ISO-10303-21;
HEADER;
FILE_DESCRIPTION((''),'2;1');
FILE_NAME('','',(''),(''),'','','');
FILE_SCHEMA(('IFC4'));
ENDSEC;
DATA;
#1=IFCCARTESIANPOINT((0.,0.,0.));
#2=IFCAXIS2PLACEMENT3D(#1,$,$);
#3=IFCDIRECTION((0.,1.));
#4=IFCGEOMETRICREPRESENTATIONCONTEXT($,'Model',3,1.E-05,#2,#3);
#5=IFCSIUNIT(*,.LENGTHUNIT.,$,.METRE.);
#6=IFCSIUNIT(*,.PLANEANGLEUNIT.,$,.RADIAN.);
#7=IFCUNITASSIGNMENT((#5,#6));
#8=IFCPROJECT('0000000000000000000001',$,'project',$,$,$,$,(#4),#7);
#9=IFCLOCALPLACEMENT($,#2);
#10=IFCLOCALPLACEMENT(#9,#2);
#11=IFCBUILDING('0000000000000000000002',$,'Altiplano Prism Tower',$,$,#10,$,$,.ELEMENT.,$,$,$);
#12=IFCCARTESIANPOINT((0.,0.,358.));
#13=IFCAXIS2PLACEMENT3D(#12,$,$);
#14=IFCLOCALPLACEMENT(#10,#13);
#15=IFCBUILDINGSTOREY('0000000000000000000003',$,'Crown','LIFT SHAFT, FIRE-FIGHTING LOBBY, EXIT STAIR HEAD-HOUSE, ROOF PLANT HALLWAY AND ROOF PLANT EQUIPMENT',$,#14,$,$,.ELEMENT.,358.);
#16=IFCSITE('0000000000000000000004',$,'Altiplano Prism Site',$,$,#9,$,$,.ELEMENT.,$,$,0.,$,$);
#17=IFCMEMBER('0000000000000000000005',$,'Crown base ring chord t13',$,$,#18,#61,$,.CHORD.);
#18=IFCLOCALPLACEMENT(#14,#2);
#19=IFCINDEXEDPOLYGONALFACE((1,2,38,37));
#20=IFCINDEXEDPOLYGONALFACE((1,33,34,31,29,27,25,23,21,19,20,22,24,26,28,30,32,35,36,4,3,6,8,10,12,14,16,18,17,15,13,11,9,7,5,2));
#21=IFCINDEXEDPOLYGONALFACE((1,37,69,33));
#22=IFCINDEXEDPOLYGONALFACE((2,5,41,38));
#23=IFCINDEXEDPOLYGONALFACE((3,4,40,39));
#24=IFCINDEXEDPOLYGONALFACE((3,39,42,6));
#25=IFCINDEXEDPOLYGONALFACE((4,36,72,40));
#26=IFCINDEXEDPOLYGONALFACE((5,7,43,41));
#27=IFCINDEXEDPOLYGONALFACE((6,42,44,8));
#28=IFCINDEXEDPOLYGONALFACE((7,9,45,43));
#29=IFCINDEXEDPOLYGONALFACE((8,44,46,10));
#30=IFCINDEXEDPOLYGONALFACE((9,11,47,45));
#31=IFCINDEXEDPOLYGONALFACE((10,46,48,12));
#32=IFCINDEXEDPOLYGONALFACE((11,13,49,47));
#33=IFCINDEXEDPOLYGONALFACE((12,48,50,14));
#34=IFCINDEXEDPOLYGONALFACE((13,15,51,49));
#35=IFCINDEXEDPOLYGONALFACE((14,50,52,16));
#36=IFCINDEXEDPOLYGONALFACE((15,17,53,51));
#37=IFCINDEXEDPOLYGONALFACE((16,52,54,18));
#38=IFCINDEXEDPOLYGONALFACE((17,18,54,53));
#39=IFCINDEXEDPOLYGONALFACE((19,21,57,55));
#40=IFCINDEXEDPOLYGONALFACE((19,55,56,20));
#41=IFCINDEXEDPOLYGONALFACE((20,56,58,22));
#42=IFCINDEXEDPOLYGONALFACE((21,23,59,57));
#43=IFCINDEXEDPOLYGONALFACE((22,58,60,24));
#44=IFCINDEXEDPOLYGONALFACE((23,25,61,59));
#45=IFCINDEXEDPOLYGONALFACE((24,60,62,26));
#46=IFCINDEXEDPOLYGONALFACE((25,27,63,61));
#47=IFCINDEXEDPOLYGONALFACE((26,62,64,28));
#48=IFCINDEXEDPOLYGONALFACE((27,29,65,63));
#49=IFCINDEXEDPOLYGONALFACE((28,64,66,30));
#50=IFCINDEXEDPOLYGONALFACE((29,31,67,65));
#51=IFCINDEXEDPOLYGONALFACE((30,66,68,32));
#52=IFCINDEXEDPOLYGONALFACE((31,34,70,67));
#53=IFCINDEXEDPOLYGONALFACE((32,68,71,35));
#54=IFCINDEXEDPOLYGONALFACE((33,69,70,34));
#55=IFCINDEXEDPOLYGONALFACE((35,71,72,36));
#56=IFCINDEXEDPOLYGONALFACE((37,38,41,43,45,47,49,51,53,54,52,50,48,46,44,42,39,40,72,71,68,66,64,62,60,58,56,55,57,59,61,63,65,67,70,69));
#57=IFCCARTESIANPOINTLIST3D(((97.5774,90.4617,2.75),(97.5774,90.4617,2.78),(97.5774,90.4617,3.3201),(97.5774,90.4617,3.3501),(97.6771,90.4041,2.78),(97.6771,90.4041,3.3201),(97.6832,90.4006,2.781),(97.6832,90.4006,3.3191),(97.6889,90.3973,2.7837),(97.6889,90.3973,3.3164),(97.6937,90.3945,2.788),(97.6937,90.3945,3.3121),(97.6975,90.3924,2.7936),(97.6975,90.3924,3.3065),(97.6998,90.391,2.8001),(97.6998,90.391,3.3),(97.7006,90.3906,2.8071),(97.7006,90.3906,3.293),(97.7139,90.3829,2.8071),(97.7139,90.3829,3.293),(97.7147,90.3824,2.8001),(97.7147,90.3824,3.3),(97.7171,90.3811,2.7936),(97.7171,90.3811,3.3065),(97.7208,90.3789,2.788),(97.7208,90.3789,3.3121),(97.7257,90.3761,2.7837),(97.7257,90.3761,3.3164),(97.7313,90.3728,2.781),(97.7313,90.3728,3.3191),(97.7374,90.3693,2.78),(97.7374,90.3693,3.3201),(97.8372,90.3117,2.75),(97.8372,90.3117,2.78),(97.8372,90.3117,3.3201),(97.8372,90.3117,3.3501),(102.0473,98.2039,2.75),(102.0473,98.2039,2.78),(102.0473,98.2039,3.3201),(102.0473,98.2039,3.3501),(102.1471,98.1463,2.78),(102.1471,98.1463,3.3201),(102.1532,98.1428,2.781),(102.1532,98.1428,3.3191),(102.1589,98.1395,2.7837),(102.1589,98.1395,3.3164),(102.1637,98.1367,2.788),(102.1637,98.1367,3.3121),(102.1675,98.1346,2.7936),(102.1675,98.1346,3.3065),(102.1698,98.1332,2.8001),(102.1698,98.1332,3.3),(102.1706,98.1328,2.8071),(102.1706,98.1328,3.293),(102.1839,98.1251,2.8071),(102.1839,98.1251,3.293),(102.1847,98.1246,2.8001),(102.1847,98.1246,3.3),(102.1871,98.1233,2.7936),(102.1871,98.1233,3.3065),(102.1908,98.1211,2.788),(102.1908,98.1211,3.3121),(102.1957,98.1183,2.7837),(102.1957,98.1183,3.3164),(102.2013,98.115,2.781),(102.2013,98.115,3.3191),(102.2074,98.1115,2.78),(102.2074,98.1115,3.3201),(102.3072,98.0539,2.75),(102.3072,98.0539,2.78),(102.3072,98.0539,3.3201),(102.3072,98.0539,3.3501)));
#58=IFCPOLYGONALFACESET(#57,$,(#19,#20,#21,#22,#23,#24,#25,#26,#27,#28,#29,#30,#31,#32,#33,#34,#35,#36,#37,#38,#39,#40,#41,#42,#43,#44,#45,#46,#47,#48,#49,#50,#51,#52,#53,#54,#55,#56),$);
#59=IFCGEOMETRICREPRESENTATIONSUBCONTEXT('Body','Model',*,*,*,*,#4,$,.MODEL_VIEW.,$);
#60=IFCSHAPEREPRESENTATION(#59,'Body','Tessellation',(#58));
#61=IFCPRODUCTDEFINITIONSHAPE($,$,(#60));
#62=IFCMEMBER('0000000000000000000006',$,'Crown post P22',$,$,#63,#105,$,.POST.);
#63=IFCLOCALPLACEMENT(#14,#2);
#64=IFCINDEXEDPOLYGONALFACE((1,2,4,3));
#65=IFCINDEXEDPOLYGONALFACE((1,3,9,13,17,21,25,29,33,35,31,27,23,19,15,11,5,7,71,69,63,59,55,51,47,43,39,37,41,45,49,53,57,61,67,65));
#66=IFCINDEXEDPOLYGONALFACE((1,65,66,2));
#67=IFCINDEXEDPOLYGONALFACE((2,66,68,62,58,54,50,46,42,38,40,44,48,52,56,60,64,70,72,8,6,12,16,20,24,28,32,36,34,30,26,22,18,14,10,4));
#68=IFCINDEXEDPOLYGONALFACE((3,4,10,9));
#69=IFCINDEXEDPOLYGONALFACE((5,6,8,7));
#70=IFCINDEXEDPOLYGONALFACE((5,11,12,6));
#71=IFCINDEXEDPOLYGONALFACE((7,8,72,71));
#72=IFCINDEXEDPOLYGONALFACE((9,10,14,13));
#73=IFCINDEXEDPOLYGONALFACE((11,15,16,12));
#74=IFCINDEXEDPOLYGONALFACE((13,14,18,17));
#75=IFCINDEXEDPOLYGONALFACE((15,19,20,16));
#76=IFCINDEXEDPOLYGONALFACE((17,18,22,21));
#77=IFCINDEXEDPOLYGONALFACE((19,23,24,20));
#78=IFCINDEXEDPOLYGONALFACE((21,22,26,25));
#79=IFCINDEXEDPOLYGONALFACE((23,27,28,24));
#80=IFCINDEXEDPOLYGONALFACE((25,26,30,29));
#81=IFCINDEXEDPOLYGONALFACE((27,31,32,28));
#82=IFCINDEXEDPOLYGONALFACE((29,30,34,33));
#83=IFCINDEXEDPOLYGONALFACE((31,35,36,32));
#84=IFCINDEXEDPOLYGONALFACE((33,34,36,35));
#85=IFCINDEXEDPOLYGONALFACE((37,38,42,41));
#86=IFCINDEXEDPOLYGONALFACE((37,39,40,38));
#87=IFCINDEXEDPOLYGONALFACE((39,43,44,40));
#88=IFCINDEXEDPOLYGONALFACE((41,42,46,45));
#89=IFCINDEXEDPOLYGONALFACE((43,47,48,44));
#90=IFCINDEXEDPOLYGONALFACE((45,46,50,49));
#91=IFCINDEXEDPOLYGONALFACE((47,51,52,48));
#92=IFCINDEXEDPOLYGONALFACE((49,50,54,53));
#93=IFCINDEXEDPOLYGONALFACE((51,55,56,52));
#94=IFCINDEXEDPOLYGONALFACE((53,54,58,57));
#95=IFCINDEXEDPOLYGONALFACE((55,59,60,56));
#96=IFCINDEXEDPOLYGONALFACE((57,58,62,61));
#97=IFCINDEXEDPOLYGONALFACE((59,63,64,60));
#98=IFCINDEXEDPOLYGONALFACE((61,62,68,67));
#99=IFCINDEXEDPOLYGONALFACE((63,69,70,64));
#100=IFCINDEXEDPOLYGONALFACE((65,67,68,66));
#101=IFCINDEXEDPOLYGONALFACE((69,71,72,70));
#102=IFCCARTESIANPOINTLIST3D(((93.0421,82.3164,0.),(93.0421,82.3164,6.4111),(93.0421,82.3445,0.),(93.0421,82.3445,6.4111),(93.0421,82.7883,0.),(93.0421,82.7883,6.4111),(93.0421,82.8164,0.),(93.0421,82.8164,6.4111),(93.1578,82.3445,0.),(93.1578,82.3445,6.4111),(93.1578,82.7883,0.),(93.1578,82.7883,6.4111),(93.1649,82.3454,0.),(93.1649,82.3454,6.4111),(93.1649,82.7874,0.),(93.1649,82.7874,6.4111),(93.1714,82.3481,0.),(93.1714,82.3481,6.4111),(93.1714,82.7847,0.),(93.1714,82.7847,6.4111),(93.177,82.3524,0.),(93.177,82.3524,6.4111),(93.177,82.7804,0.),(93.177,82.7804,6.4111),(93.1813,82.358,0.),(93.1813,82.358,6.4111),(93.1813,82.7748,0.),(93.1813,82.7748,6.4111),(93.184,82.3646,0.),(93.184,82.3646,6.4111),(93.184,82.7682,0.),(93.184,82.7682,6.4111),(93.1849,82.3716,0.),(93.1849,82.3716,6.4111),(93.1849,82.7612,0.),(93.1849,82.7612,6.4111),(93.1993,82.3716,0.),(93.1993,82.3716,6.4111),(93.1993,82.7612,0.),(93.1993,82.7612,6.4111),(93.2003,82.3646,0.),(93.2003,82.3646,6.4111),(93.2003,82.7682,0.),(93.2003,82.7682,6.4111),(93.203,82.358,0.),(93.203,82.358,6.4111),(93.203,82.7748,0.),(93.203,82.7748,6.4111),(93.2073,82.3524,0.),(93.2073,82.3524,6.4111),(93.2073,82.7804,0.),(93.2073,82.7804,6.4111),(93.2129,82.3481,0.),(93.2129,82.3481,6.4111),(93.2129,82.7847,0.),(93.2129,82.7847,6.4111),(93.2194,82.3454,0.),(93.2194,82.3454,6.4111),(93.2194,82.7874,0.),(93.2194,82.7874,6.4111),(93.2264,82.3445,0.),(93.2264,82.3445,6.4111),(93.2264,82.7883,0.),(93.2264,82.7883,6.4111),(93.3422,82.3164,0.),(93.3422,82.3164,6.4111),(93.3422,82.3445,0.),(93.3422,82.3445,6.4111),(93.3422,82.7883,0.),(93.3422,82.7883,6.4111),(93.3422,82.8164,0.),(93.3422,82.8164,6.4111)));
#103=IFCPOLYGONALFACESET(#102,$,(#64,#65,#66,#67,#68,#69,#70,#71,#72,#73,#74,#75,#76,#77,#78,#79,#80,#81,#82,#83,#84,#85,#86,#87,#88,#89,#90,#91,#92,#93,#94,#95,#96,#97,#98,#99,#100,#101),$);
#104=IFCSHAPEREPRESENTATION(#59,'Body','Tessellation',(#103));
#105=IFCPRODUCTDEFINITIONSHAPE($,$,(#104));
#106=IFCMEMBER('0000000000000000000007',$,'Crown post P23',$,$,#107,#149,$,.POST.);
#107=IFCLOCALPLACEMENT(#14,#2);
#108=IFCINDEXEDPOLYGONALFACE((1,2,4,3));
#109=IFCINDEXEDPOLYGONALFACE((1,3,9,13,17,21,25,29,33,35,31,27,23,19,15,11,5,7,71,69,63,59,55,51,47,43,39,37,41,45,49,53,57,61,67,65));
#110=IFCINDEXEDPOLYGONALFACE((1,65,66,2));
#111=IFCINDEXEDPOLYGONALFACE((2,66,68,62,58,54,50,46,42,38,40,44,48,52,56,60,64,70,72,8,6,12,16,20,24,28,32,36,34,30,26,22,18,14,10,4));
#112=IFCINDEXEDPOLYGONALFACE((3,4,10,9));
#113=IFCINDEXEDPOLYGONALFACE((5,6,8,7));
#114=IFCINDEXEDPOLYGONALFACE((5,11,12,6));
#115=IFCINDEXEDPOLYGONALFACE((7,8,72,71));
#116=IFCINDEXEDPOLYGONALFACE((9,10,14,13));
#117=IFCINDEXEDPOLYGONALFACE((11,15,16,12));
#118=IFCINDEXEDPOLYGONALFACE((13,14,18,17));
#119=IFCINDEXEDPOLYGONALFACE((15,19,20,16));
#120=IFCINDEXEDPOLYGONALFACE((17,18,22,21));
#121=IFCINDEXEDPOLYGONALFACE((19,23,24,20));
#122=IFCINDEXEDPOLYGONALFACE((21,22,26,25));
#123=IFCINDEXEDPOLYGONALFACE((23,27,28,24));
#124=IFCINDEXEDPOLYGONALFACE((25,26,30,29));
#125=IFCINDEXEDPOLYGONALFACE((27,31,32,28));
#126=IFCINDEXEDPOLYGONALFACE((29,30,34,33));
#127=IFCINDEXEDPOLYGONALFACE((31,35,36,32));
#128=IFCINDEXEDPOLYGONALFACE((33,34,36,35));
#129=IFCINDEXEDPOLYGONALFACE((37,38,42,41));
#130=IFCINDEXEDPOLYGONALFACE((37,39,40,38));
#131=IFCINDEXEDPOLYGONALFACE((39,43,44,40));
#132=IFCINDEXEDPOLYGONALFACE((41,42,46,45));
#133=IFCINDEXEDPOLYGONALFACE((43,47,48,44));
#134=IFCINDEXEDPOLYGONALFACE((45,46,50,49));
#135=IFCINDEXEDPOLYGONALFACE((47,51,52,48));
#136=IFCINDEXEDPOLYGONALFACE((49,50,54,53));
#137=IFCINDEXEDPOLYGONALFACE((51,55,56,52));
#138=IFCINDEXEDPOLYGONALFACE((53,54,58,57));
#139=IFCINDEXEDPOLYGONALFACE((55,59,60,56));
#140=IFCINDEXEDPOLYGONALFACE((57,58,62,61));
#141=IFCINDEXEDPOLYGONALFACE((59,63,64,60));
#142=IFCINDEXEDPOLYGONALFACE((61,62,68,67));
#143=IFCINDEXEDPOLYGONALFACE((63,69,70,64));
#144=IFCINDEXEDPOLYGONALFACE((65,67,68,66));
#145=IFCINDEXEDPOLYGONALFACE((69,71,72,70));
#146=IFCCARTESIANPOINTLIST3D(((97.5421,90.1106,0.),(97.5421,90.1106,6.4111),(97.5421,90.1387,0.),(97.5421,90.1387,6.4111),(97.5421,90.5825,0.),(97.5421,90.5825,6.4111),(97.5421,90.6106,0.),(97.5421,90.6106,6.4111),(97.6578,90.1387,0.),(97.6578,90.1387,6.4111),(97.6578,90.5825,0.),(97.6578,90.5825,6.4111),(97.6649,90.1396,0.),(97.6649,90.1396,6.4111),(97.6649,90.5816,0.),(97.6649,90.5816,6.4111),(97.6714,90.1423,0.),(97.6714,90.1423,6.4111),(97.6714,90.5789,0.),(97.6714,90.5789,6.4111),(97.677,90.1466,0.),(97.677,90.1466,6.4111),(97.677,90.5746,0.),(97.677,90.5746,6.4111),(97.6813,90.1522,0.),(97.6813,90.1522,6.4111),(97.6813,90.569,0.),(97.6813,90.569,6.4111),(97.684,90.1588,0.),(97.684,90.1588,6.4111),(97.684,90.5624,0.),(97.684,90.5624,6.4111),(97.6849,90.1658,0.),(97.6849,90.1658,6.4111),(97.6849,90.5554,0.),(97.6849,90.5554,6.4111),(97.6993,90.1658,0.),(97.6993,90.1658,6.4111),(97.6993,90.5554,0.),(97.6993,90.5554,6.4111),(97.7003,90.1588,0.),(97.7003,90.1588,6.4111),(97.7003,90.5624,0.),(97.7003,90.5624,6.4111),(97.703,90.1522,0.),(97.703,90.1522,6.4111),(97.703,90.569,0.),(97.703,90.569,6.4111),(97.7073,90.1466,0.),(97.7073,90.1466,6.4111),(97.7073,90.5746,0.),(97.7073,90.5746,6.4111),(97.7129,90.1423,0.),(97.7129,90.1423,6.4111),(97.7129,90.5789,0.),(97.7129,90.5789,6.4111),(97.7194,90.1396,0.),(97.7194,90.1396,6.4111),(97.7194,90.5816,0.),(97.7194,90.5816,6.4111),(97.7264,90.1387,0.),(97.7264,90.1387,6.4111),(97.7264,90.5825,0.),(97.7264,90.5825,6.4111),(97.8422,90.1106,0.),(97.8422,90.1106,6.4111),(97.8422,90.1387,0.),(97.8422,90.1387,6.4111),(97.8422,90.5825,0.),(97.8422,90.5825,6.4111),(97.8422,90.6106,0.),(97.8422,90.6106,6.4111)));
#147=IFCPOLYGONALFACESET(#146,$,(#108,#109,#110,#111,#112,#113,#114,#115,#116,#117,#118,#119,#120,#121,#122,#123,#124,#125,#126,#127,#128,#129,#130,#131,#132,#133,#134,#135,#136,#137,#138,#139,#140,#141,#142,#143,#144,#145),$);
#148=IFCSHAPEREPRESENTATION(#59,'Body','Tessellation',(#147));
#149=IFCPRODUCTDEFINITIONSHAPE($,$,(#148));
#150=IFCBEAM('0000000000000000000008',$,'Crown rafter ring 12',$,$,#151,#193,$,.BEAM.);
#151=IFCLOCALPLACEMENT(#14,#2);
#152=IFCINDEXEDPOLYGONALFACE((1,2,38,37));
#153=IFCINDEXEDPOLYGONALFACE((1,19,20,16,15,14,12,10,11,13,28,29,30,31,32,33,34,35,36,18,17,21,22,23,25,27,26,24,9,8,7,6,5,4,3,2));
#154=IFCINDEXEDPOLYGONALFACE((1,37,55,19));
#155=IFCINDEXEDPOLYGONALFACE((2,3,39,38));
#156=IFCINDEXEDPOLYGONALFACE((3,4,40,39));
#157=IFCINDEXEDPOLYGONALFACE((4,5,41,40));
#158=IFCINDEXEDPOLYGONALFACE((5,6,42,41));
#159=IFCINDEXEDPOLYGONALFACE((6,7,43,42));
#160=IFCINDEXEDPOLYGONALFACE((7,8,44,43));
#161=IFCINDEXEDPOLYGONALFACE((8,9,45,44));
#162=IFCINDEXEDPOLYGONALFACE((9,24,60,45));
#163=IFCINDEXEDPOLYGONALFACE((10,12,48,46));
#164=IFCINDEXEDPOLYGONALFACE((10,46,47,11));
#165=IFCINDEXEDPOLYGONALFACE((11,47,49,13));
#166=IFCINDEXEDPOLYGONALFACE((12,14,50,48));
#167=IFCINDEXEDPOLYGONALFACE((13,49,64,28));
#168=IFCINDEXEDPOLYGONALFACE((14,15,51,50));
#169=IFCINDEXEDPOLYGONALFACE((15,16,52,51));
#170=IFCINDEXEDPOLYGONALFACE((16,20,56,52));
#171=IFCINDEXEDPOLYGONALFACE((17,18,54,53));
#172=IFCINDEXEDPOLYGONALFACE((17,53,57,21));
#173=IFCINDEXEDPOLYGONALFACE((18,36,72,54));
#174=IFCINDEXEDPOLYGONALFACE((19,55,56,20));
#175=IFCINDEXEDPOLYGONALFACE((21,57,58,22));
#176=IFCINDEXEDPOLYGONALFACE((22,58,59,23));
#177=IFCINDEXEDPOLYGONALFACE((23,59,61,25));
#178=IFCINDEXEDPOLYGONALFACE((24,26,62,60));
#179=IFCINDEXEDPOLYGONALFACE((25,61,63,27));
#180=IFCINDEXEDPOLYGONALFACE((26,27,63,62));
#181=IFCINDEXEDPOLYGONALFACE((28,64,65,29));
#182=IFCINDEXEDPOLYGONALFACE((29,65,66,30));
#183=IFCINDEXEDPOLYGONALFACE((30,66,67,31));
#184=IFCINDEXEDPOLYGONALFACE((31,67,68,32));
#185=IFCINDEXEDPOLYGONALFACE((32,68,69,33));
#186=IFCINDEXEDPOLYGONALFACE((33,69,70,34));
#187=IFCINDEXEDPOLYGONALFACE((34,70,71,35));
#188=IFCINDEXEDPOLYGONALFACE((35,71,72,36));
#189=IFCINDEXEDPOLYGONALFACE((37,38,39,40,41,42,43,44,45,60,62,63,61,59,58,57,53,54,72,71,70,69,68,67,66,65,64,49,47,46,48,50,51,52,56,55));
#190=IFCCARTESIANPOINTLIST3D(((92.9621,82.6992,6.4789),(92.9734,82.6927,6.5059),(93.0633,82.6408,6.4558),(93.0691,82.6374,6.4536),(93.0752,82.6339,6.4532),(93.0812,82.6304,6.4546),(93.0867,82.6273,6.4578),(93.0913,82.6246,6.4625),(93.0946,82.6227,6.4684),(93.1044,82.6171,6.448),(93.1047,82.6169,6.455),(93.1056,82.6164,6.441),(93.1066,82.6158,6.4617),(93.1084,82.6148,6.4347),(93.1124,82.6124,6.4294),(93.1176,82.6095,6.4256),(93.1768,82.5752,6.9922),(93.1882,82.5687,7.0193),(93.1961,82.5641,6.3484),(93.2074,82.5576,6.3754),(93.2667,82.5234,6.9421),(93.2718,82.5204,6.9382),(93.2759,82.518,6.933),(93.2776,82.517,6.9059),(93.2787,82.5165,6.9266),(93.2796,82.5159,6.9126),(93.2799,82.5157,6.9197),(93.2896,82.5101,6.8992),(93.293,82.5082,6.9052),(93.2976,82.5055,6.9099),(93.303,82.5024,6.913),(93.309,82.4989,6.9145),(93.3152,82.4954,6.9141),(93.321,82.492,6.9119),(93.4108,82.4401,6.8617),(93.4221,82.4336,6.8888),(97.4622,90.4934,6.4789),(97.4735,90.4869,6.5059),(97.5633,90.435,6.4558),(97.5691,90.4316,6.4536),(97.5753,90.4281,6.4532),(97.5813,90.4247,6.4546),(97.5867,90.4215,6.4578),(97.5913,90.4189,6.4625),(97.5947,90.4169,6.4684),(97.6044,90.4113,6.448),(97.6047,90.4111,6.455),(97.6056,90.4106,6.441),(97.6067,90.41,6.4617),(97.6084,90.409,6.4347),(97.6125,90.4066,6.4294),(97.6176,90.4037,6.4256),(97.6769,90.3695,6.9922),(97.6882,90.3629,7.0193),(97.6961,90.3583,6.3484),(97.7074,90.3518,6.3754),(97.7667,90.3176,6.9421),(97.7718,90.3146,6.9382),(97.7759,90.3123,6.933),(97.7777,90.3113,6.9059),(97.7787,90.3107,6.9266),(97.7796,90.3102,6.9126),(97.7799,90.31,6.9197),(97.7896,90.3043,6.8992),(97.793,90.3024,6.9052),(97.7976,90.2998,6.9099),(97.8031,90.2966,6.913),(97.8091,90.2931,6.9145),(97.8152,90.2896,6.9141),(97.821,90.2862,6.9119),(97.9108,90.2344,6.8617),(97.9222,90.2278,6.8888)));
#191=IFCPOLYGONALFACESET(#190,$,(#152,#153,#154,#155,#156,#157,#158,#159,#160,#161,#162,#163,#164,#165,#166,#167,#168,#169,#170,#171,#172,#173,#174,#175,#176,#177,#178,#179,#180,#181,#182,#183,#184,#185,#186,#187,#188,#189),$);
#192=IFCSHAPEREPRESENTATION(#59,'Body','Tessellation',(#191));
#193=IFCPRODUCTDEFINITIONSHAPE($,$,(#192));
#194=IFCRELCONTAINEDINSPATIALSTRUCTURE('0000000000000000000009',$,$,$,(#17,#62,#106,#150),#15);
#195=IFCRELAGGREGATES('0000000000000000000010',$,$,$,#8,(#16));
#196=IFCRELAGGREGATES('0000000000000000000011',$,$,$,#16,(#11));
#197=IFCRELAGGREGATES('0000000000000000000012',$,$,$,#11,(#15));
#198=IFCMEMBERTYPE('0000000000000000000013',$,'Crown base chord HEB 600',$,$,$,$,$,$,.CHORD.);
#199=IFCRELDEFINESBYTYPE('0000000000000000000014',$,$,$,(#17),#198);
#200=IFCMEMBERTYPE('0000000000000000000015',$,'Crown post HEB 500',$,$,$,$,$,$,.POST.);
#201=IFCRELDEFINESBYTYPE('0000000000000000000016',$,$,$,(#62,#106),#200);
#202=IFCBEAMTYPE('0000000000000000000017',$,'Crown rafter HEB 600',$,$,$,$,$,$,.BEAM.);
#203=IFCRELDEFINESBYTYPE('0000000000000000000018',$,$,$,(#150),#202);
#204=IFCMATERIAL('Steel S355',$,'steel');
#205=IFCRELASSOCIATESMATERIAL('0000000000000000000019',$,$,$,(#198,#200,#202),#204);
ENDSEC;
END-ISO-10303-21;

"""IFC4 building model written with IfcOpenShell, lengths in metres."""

from ifc_helpers import new_model, si_unit, direction, frame, origin, origin_2d, place, context, subcontext, project, spatial, i_section, extrude, material, material_profile, profile_set, type_object, element, save


model = new_model("IFC4")

# Units and contexts
model_context = context("Model", 3, precision=1e-05, world=origin(), true_north=direction((0.0, 1.0)))
body_context = subcontext(model_context, "Body", "Model", "MODEL_VIEW")
ifc_project = project(units=[si_unit("LENGTHUNIT", "METRE"), si_unit("PLANEANGLEUNIT", "RADIAN")], contexts=[model_context])

# Site, building, storey
site_placement = place(None, origin())
site = spatial("IfcSite", under=ifc_project, at=site_placement, Name="Altiplano Prism Site", CompositionType="ELEMENT", RefElevation=0.0)
building_placement = place(site_placement, origin())
building = spatial("IfcBuilding", under=site, at=building_placement, Name="Altiplano Prism Tower", CompositionType="ELEMENT")
storey_placement = place(building_placement, frame((0.0, 0.0, 358.0)))
storey = spatial("IfcBuildingStorey", under=building, at=storey_placement, Name="Crown", Description="LIFT SHAFT, FIRE-FIGHTING LOBBY, EXIT STAIR HEAD-HOUSE, ROOF PLANT HALLWAY AND ROOF PLANT EQUIPMENT", CompositionType="ELEMENT", Elevation=358.0)

# Members
ifc_material_1 = material(Name="Steel S355", Category="steel")
ifc_material_profile_1 = material_profile(ifc_material_1, i_section(OverallWidth=0.3, OverallDepth=0.6001, WebThickness=0.0154, FlangeThickness=0.03, FilletRadius=0.0271, at=origin_2d()), Name="Crown base chord HEB 600")
ifc_profile_set_1 = profile_set([ifc_material_profile_1], Name="Steel S355")
member_type_1 = type_object("IfcMemberType", Name="Crown base chord HEB 600", PredefinedType="CHORD", material=ifc_profile_set_1)
for number, where, z_axis, x_axis, name in (
    (1, (97.7073, 90.3867, 3.05), (0.500001, 0.866025, 0.0), (-0.866025, 0.500001, 0.0), "Crown base ring chord t13"),
):
    element("IfcMember", number, at=place(storey_placement, frame(where, z_axis=z_axis, x_axis=x_axis)), inside=storey, type_object=member_type_1, Name=name, PredefinedType="CHORD", context=body_context, shape_type="SweptSolid", body=[
        extrude(i_section(OverallWidth=0.3, OverallDepth=0.6001, WebThickness=0.0154, FlangeThickness=0.03, FilletRadius=0.0271, at=origin_2d()), origin(), (0.0, 0.0, 1.0), 8.9399),
    ])
ifc_material_profile_2 = material_profile(ifc_material_1, i_section(OverallWidth=0.3, OverallDepth=0.5, WebThickness=0.0144, FlangeThickness=0.0281, FilletRadius=0.0271, at=origin_2d()), Name="Crown post HEB 500")
ifc_profile_set_2 = profile_set([ifc_material_profile_2], Name="Steel S355")
member_type_2 = type_object("IfcMemberType", Name="Crown post HEB 500", PredefinedType="POST", material=ifc_profile_set_2)
for number, where, z_axis, x_axis, name in (
    (2, (93.1921, 82.5664, 0.0), (0.0, 0.0, 1.0), (1.0, 0.0, 0.0), "Crown post P22"),
    (3, (97.6921, 90.3606, 0.0), (0.0, 0.0, 1.0), (1.0, 0.0, 0.0), "Crown post P23"),
):
    element("IfcMember", number, at=place(storey_placement, frame(where, z_axis=z_axis, x_axis=x_axis)), inside=storey, type_object=member_type_2, Name=name, PredefinedType="POST", context=body_context, shape_type="SweptSolid", body=[
        extrude(i_section(OverallWidth=0.3, OverallDepth=0.5, WebThickness=0.0144, FlangeThickness=0.0281, FilletRadius=0.0271, at=origin_2d()), origin(), (0.0, 0.0, 1.0), 6.4111),
    ])

# Beam
ifc_material_profile_3 = material_profile(ifc_material_1, i_section(OverallWidth=0.3, OverallDepth=0.6001, WebThickness=0.0154, FlangeThickness=0.03, FilletRadius=0.0271, at=origin_2d()), Name="Crown rafter HEB 600")
ifc_profile_set_3 = profile_set([ifc_material_profile_3], Name="Steel S355")
beam_type = type_object("IfcBeamType", Name="Crown rafter HEB 600", PredefinedType="BEAM", material=ifc_profile_set_3)
for number, where, z_axis, x_axis, name in (
    (4, (93.1921, 82.5664, 6.6838), (0.500002, 0.866024, 0.0), (-0.779834, 0.450239, 0.434907), "Crown rafter ring 12"),
):
    element("IfcBeam", number, at=place(storey_placement, frame(where, z_axis=z_axis, x_axis=x_axis)), inside=storey, type_object=beam_type, Name=name, PredefinedType="BEAM", context=body_context, shape_type="SweptSolid", body=[
        extrude(i_section(OverallWidth=0.3, OverallDepth=0.6001, WebThickness=0.0154, FlangeThickness=0.03, FilletRadius=0.0271, at=origin_2d()), origin(), (0.0, 0.0, 1.0), 9.0),
    ])

save(model, "model.ifc")
